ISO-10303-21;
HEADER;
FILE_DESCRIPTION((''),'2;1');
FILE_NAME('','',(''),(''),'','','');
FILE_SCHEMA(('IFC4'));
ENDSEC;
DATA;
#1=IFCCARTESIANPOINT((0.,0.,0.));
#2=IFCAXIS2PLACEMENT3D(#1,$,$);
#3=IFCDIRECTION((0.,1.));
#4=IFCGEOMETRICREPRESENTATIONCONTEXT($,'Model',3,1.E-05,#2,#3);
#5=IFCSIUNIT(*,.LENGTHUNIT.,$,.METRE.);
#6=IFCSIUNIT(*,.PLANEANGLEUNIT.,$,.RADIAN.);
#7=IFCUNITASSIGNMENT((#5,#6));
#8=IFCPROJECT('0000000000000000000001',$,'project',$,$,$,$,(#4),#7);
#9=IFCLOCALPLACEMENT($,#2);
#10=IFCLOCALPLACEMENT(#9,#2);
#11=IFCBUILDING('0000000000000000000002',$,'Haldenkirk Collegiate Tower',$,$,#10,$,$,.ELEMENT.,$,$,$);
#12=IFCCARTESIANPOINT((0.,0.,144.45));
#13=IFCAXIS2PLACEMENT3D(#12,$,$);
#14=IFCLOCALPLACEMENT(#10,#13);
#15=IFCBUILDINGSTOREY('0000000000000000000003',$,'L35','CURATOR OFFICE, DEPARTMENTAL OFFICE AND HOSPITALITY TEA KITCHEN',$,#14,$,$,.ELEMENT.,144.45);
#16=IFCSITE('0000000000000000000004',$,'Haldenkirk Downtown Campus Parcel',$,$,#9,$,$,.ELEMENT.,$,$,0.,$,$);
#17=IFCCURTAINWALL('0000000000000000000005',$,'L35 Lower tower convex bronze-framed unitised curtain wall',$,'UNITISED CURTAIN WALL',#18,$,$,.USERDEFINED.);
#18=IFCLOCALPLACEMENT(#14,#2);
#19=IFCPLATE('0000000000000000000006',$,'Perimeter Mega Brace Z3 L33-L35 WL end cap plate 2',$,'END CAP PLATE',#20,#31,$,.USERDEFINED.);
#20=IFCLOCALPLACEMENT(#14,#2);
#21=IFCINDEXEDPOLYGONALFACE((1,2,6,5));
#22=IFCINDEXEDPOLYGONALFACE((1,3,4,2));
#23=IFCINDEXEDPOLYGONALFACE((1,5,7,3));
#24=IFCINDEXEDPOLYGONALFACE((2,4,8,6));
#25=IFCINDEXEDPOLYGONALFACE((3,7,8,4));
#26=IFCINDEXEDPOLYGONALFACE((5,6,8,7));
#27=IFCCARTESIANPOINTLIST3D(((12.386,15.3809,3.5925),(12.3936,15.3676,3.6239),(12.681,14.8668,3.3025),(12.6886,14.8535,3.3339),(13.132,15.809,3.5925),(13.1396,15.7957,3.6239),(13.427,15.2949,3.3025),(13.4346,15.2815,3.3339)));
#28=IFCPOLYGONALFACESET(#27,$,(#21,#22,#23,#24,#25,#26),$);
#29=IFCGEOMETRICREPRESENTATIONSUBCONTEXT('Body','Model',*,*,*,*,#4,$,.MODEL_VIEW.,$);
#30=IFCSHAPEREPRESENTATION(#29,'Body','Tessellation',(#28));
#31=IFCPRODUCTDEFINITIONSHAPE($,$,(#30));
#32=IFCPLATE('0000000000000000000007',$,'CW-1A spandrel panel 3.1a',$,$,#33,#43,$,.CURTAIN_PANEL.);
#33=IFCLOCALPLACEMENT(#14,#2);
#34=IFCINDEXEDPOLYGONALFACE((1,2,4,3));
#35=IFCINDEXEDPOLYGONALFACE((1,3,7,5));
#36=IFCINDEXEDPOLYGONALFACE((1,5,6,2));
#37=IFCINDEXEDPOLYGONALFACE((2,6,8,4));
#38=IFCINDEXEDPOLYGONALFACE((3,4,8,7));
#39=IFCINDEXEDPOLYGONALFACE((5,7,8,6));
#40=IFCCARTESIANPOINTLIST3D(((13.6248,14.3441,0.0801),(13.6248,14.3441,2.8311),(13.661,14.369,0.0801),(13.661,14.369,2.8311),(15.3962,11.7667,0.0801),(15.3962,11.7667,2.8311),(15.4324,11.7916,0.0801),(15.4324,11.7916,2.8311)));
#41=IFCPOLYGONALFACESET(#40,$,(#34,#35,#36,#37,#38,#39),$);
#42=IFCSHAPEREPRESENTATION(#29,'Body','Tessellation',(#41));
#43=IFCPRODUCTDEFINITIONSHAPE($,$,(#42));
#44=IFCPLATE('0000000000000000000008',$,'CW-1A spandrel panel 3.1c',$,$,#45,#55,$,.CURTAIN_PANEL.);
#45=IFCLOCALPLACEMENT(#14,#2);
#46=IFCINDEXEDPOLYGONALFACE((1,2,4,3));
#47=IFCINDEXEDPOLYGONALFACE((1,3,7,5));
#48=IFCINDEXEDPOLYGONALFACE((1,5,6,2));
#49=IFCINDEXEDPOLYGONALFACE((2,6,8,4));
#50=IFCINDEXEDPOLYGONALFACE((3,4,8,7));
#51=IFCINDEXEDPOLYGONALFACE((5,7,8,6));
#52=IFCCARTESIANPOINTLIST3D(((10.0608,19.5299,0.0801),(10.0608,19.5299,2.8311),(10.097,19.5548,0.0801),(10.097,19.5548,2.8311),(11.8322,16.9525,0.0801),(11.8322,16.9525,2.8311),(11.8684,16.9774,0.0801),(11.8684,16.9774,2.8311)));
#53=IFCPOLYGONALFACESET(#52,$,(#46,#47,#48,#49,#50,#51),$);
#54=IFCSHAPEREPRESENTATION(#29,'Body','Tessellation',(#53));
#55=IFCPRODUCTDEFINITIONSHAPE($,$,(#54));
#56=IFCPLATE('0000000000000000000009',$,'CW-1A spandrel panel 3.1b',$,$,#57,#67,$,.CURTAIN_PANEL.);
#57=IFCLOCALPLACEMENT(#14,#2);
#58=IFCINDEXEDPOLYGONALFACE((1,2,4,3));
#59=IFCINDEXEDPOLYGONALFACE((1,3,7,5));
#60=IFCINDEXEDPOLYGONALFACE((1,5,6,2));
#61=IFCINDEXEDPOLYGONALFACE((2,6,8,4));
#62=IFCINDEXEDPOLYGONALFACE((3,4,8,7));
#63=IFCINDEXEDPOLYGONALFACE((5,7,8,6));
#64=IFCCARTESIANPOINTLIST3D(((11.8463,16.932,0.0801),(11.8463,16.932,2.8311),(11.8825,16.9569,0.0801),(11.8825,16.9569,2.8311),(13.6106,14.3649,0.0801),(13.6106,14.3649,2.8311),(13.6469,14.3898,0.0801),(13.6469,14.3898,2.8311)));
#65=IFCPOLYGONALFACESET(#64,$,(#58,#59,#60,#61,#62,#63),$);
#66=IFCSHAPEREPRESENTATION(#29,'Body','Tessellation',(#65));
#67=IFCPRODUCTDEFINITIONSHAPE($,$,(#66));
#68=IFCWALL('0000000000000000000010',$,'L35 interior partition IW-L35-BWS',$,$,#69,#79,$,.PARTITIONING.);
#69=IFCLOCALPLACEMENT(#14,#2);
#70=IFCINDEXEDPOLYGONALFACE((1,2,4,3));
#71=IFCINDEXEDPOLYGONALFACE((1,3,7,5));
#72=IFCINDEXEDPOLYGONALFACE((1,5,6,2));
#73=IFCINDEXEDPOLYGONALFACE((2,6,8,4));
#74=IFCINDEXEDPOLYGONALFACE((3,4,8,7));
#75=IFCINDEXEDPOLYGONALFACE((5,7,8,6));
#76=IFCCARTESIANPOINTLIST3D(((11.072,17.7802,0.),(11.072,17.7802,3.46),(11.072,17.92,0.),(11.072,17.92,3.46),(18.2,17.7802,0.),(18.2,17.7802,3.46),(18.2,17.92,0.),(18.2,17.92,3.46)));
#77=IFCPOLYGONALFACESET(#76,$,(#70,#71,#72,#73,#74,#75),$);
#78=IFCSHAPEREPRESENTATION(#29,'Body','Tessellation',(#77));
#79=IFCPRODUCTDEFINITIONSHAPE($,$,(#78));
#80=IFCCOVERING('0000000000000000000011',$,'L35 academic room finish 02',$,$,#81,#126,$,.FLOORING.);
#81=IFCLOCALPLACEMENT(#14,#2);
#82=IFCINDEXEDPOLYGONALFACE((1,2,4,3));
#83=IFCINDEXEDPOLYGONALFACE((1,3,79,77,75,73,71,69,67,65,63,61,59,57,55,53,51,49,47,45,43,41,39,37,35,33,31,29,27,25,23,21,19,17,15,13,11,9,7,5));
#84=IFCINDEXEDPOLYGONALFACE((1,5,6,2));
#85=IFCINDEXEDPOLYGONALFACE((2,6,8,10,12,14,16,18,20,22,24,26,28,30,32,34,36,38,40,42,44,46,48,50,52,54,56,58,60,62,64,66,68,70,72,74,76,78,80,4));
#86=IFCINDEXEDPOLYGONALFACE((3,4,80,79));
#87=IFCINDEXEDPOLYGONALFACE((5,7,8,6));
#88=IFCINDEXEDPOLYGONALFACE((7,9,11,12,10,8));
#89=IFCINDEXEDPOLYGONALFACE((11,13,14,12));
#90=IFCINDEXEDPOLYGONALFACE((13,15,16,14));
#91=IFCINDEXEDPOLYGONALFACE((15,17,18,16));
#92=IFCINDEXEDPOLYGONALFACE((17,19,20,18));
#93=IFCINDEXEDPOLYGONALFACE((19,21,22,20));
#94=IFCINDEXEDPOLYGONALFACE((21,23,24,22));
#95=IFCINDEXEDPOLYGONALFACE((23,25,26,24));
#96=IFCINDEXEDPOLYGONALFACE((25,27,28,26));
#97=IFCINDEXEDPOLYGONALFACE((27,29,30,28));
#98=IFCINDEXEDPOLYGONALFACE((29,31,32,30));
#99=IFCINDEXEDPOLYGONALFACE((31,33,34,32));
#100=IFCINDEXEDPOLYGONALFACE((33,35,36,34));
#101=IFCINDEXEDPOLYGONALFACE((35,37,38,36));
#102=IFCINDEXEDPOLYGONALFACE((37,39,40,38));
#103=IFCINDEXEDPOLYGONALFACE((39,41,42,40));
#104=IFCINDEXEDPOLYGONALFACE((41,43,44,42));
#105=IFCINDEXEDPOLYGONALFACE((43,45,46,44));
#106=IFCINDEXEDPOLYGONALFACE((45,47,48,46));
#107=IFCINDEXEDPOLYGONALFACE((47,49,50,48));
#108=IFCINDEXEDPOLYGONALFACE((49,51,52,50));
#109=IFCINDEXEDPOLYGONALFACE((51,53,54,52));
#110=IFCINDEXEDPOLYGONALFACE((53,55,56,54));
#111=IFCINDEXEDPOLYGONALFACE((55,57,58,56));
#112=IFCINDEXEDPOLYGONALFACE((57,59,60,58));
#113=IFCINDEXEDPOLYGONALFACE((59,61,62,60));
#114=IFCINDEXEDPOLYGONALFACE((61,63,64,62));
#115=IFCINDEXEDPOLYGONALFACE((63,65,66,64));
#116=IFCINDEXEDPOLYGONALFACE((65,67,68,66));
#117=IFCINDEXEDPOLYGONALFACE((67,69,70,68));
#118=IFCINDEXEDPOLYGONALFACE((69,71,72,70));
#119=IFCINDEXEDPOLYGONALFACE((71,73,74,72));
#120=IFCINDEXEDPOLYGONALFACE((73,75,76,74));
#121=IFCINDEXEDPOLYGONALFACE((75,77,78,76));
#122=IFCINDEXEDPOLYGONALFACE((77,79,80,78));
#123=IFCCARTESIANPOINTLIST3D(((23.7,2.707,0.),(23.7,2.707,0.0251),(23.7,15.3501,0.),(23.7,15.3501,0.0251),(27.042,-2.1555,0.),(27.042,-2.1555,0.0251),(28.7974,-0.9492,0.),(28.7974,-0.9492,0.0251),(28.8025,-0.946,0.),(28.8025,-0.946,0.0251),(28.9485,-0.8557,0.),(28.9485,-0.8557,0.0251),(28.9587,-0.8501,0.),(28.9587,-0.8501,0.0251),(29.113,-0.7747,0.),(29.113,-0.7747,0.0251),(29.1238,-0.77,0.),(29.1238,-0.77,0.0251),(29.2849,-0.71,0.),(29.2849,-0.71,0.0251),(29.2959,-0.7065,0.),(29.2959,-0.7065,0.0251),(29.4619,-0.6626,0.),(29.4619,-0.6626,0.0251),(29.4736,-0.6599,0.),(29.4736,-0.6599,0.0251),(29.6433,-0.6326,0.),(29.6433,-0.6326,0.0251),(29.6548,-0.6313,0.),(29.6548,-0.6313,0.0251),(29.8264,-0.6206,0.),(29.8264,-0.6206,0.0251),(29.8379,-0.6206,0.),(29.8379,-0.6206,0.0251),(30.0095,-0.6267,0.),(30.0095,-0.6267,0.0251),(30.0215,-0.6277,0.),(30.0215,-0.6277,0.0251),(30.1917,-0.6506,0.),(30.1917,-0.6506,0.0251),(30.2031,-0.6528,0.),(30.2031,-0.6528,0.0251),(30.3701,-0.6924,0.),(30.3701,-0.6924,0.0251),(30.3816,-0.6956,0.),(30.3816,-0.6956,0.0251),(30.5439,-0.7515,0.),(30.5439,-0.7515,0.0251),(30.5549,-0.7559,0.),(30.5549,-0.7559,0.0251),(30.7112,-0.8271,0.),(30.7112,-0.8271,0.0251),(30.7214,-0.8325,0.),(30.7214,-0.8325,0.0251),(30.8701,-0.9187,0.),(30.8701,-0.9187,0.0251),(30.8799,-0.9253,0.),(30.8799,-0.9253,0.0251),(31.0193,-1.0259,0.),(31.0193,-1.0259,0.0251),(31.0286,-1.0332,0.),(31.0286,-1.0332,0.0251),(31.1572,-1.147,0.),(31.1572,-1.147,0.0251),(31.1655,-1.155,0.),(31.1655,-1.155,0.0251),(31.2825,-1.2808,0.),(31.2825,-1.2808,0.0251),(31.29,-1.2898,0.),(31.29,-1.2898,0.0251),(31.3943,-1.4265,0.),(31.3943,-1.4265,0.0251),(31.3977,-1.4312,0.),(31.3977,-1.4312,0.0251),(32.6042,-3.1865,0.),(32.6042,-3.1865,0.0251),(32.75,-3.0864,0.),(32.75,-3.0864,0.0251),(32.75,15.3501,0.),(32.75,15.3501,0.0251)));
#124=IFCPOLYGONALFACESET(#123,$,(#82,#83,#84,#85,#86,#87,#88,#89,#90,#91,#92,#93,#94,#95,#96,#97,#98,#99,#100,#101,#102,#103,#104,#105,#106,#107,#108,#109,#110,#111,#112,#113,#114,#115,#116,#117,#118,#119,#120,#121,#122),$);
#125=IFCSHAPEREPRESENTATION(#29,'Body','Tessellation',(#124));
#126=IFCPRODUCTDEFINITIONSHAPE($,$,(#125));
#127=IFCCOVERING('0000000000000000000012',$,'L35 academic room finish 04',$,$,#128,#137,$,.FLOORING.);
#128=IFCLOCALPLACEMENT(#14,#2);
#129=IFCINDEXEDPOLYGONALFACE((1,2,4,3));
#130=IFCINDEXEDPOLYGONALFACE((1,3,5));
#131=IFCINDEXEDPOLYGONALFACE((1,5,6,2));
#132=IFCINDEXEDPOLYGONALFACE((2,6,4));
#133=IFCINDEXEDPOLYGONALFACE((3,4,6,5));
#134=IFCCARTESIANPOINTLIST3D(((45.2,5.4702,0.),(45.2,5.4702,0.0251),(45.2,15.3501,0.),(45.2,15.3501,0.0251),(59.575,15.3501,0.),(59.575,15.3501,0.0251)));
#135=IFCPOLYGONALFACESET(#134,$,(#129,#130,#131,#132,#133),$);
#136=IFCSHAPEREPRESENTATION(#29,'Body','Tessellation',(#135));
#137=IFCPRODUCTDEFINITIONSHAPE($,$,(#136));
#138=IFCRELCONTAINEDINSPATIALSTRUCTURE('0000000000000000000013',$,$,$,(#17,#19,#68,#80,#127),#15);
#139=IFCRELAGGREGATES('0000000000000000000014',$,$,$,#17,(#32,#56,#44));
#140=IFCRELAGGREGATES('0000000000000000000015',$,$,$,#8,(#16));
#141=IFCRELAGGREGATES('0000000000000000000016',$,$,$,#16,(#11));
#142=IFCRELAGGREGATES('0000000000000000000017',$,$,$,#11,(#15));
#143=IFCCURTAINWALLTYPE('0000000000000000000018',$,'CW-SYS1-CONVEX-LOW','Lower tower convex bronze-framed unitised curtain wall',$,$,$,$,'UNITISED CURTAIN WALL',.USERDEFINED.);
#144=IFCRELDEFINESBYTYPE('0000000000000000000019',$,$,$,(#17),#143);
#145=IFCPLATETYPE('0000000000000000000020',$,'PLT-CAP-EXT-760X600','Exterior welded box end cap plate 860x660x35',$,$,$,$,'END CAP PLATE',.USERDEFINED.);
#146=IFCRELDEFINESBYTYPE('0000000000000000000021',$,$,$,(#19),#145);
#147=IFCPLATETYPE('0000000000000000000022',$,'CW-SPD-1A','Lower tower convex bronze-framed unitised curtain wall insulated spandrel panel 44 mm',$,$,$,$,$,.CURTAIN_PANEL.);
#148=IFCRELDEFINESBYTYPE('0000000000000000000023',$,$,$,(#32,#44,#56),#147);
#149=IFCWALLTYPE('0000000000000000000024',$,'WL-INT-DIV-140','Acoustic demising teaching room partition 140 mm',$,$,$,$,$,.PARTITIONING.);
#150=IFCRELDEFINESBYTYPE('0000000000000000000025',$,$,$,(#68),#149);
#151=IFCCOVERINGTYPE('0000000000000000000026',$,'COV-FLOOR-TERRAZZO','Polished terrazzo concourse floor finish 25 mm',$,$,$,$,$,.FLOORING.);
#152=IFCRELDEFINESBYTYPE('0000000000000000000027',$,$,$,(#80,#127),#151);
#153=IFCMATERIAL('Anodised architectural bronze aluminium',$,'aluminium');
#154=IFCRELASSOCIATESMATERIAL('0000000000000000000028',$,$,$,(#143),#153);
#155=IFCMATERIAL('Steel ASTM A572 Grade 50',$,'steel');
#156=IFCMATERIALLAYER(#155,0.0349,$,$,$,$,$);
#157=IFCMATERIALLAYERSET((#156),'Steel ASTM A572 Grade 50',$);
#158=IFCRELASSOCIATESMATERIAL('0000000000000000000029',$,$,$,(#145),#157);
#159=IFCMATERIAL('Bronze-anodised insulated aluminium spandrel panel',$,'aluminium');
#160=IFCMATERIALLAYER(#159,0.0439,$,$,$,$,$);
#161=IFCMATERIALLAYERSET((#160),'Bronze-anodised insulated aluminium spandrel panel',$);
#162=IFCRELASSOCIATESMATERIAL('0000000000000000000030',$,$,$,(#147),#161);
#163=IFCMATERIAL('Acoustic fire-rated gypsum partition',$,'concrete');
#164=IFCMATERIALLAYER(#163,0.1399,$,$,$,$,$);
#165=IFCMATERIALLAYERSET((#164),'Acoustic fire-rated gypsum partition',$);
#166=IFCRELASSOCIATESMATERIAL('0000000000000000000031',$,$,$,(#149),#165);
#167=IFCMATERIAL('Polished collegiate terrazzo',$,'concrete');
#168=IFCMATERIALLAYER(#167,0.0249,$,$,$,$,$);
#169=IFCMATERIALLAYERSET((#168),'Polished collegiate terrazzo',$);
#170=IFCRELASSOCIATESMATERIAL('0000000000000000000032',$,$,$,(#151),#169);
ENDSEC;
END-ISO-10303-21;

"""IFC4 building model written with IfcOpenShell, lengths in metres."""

from ifc_helpers import new_model, si_unit, direction, frame, frame_2d, origin, origin_2d, place, context, subcontext, project, spatial, polyline, rectangle, outline, extrude, source, transform, mapped, material, layer, layer_set, type_object, element, aggregate, save


model = new_model("IFC4")

# Units and contexts
model_context = context("Model", 3, precision=1e-05, world=origin(), true_north=direction((0.0, 1.0)))
body_context = subcontext(model_context, "Body", "Model", "MODEL_VIEW")
ifc_project = project(units=[si_unit("LENGTHUNIT", "METRE"), si_unit("PLANEANGLEUNIT", "RADIAN")], contexts=[model_context])

# Site, building, storey
site_placement = place(None, origin())
site = spatial("IfcSite", under=ifc_project, at=site_placement, Name="Haldenkirk Downtown Campus Parcel", CompositionType="ELEMENT", RefElevation=0.0)
building_placement = place(site_placement, origin())
building = spatial("IfcBuilding", under=site, at=building_placement, Name="Haldenkirk Collegiate Tower", CompositionType="ELEMENT")
storey_placement = place(building_placement, frame((0.0, 0.0, 144.45)))
storey = spatial("IfcBuildingStorey", under=building, at=storey_placement, Name="L35", Description="CURATOR OFFICE, DEPARTMENTAL OFFICE AND HOSPITALITY TEA KITCHEN", CompositionType="ELEMENT", Elevation=144.45)

# Curtain wall
ifc_material_1 = material(Name="Anodised architectural bronze aluminium", Category="aluminium")
curtain_wall_type = type_object("IfcCurtainWallType", Name="CW-SYS1-CONVEX-LOW", Description="Lower tower convex bronze-framed unitised curtain wall", ElementType="UNITISED CURTAIN WALL", PredefinedType="USERDEFINED", material=ifc_material_1)
curtain_wall_placement = place(storey_placement, origin())
curtain_wall = element("IfcCurtainWall", 1, at=curtain_wall_placement, inside=storey, type_object=curtain_wall_type, Name="L35 Lower tower convex bronze-framed unitised curtain wall", ObjectType="UNITISED CURTAIN WALL", PredefinedType="USERDEFINED")

# Plates
ifc_material_2 = material(Name="Steel ASTM A572 Grade 50", Category="steel")
ifc_layer_1 = layer(ifc_material_2, 0.0349)
ifc_layer_set_1 = layer_set([ifc_layer_1], Name="Steel ASTM A572 Grade 50")
plate_type_1 = type_object("IfcPlateType", Name="PLT-CAP-EXT-760X600", Description="Exterior welded box end cap plate 860x660x35", ElementType="END CAP PLATE", PredefinedType="USERDEFINED", material=ifc_layer_set_1)
shared_shape_1 = source(origin(), body_context, "Body", "SweptSolid", [
    extrude(rectangle(XDim=0.8601, YDim=0.6599, at=origin_2d()), origin(), (0.0, 0.0, 1.0), 0.0349),
])
plate_1_placement = place(storey_placement, frame((12.9065, 15.3379, 3.4475), z_axis=(0.218725, -0.381189, 0.898251), x_axis=(0.867357, 0.497687, 0.0)))
element("IfcPlate", 2, at=plate_1_placement, inside=storey, type_object=plate_type_1, Name="Perimeter Mega Brace Z3 L33-L35 WL end cap plate 2", ObjectType="END CAP PLATE", PredefinedType="USERDEFINED", context=body_context, shape_type="MappedRepresentation", body=[
    mapped(shared_shape_1, transform((0.0, 0.0, 0.0), x_axis=(1.0, 0.0, 0.0), y_axis=(0.0, 1.0, 0.0), z_axis=(0.0, 0.0, 1.0), scale=1.0)),
])
ifc_material_3 = material(Name="Bronze-anodised insulated aluminium spandrel panel", Category="aluminium")
ifc_layer_2 = layer(ifc_material_3, 0.0439)
ifc_layer_set_2 = layer_set([ifc_layer_2], Name="Bronze-anodised insulated aluminium spandrel panel")
plate_type_2 = type_object("IfcPlateType", Name="CW-SPD-1A", Description="Lower tower convex bronze-framed unitised curtain wall insulated spandrel panel 44 mm", PredefinedType="CURTAIN_PANEL", material=ifc_layer_set_2)
shared_shape_2 = source(origin(), body_context, "Body", "SweptSolid", [
    extrude(rectangle(XDim=3.1274, YDim=0.0439, at=origin_2d()), origin(), (0.0, 0.0, 1.0), 2.751),
])
plate_2_placement = place(storey_placement, frame((14.5286, 13.0679, 0.0801), z_axis=(0.0, 0.0, 1.0), x_axis=(-0.566403, 0.824129, 0.0)))
plate_2 = element("IfcPlate", 3, at=plate_2_placement, type_object=plate_type_2, Name="CW-1A spandrel panel 3.1a", PredefinedType="CURTAIN_PANEL", context=body_context, shape_type="MappedRepresentation", body=[
    mapped(shared_shape_2, transform((0.0, 0.0, 0.0), x_axis=(1.0, 0.0, 0.0), y_axis=(0.0, 1.0, 0.0), z_axis=(0.0, 0.0, 1.0), scale=1.0)),
])
plate_3_placement = place(storey_placement, frame((10.9646, 18.2537, 0.0801), z_axis=(0.0, 0.0, 1.0), x_axis=(-0.566403, 0.824129, 0.0)))
plate_3 = element("IfcPlate", 4, at=plate_3_placement, type_object=plate_type_2, Name="CW-1A spandrel panel 3.1c", PredefinedType="CURTAIN_PANEL", context=body_context, shape_type="MappedRepresentation", body=[
    mapped(shared_shape_2, transform((0.0, 0.0, 0.0), x_axis=(1.0, 0.0, 0.0), y_axis=(0.0, 1.0, 0.0), z_axis=(0.0, 0.0, 1.0), scale=1.0)),
])
shared_shape_3 = source(origin(), body_context, "Body", "SweptSolid", [
    extrude(rectangle(XDim=3.115, YDim=0.0439, at=origin_2d()), origin(), (0.0, 0.0, 1.0), 2.751),
])
plate_4_placement = place(storey_placement, frame((12.7466, 15.6609, 0.0801), z_axis=(0.0, 0.0, 1.0), x_axis=(-0.566403, 0.824129, 0.0)))
plate_4 = element("IfcPlate", 5, at=plate_4_placement, type_object=plate_type_2, Name="CW-1A spandrel panel 3.1b", PredefinedType="CURTAIN_PANEL", context=body_context, shape_type="MappedRepresentation", body=[
    mapped(shared_shape_3, transform((0.0, 0.0, 0.0), x_axis=(1.0, 0.0, 0.0), y_axis=(0.0, 1.0, 0.0), z_axis=(0.0, 0.0, 1.0), scale=1.0)),
])
aggregate(curtain_wall, [plate_2, plate_4, plate_3])

# Wall
ifc_material_4 = material(Name="Acoustic fire-rated gypsum partition", Category="concrete")
ifc_layer_3 = layer(ifc_material_4, 0.1399)
ifc_layer_set_3 = layer_set([ifc_layer_3], Name="Acoustic fire-rated gypsum partition")
wall_type = type_object("IfcWallType", Name="WL-INT-DIV-140", Description="Acoustic demising teaching room partition 140 mm", PredefinedType="PARTITIONING", material=ifc_layer_set_3)
wall_placement = place(storey_placement, frame((11.072, 17.8501, 0.0), z_axis=(0.0, 0.0, 1.0), x_axis=(1.0, 0.0, 0.0)))
element("IfcWall", 6, at=wall_placement, inside=storey, type_object=wall_type, Name="L35 interior partition IW-L35-BWS", PredefinedType="PARTITIONING", context=body_context, shape_type="SweptSolid", body=[
    extrude(rectangle(XDim=7.1279, YDim=0.1399, at=frame_2d((3.564, 0.0))), origin(), (0.0, 0.0, 1.0), 3.46),
])

# Coverings
ifc_material_5 = material(Name="Polished collegiate terrazzo", Category="concrete")
ifc_layer_4 = layer(ifc_material_5, 0.0249)
ifc_layer_set_4 = layer_set([ifc_layer_4], Name="Polished collegiate terrazzo")
covering_type_1 = type_object("IfcCoveringType", Name="COV-FLOOR-TERRAZZO", Description="Polished terrazzo concourse floor finish 25 mm", PredefinedType="FLOORING", material=ifc_layer_set_4)
covering_1_placement = place(storey_placement, origin())
element("IfcCovering", 7, at=covering_1_placement, inside=storey, type_object=covering_type_1, Name="L35 academic room finish 02", PredefinedType="FLOORING", context=body_context, shape_type="SweptSolid", body=[
    extrude(outline(polyline([(30.8799, -0.9253), (30.8701, -0.9187), (30.7214, -0.8325), (30.7112, -0.8271), (30.5549, -0.7559), (30.5439, -0.7515), (30.3816, -0.6956), (30.3701, -0.6924), (30.2031, -0.6528), (30.1917, -0.6506), (30.0215, -0.6277), (30.0095, -0.6267), (29.8379, -0.6206), (29.8264, -0.6206), (29.6548, -0.6313), (29.6433, -0.6326), (29.4736, -0.6599), (29.4619, -0.6626), (29.2959, -0.7065), (29.2849, -0.71), (29.1238, -0.77), (29.113, -0.7747), (28.9587, -0.8501), (28.9485, -0.8557), (28.8025, -0.946), (28.7974, -0.9492), (27.042, -2.1555), (23.7, 2.707), (23.7, 15.3501), (32.75, 15.3501), (32.75, -3.0864), (32.6042, -3.1865), (31.3977, -1.4312), (31.3943, -1.4265), (31.29, -1.2898), (31.2825, -1.2808), (31.1655, -1.155), (31.1572, -1.147), (31.0286, -1.0332), (31.0193, -1.0259), (30.8799, -0.9253)])), origin(), (0.0, 0.0, 1.0), 0.0251),
])
covering_2_placement = place(storey_placement, origin())
element("IfcCovering", 8, at=covering_2_placement, inside=storey, type_object=covering_type_1, Name="L35 academic room finish 04", PredefinedType="FLOORING", context=body_context, shape_type="SweptSolid", body=[
    extrude(outline(polyline([(45.2, 5.4702), (45.2, 15.3501), (59.575, 15.3501), (45.2, 5.4702)])), origin(), (0.0, 0.0, 1.0), 0.0251),
])

save(model, "model.ifc")
